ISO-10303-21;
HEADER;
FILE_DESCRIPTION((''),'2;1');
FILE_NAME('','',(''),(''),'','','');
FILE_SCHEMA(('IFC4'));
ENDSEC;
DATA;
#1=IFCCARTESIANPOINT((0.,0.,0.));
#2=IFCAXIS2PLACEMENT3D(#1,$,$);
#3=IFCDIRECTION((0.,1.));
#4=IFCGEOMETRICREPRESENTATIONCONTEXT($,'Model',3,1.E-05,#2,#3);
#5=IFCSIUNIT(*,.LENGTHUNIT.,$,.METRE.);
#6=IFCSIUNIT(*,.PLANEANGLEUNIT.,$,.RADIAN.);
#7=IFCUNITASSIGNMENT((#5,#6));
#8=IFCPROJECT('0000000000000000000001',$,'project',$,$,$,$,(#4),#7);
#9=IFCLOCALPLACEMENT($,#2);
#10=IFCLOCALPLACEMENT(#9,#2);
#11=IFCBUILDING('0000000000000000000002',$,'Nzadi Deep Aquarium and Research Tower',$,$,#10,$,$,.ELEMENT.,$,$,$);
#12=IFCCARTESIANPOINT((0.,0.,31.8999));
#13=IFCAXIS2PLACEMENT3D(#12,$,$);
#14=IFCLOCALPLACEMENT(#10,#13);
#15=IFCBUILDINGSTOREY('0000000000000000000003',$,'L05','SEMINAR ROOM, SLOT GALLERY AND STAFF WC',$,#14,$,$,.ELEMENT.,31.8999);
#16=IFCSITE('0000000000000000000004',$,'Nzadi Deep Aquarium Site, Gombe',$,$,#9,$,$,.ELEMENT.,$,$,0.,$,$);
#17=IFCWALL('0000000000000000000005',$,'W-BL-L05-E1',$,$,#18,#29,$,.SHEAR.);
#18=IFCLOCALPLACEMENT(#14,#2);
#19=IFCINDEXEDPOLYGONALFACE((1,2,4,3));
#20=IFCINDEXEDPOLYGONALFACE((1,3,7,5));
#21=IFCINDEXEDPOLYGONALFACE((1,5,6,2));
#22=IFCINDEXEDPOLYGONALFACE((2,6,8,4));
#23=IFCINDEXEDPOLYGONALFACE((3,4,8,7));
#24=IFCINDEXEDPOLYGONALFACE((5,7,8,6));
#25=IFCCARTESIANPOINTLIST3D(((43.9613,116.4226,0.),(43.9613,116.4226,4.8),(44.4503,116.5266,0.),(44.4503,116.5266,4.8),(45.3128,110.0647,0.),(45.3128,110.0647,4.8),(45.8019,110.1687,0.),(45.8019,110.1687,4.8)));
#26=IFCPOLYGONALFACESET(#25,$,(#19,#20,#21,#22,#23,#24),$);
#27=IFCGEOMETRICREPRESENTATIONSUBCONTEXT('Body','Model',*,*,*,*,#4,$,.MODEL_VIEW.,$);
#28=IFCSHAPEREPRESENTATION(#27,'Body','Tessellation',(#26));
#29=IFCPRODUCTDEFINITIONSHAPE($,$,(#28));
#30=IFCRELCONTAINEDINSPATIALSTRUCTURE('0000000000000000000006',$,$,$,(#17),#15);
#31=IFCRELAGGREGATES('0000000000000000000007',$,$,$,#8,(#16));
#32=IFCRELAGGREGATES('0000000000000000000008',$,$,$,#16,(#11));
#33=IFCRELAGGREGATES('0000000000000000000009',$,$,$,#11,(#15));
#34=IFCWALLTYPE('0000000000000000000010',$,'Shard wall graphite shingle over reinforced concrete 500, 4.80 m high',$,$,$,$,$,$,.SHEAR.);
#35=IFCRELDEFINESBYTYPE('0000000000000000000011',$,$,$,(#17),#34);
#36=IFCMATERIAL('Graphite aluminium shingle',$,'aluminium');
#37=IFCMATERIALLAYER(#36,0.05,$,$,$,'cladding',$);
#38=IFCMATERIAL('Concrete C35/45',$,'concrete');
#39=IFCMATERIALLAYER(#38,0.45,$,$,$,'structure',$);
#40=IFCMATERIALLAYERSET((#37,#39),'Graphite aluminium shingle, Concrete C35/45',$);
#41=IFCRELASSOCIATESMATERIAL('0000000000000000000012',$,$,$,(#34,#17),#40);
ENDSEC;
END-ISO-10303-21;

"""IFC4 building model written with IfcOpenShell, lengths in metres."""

from ifc_helpers import new_model, si_unit, direction, frame, frame_2d, origin, place, context, subcontext, project, spatial, rectangle, extrude, material, layer, layer_set, layer_usage, type_object, element, save


model = new_model("IFC4")

# Units and contexts
model_context = context("Model", 3, precision=1e-05, world=origin(), true_north=direction((0.0, 1.0)))
body_context = subcontext(model_context, "Body", "Model", "MODEL_VIEW")
ifc_project = project(units=[si_unit("LENGTHUNIT", "METRE"), si_unit("PLANEANGLEUNIT", "RADIAN")], contexts=[model_context])

# Site, building, storey
site_placement = place(None, origin())
site = spatial("IfcSite", under=ifc_project, at=site_placement, Name="Nzadi Deep Aquarium Site, Gombe", CompositionType="ELEMENT", RefElevation=0.0)
building_placement = place(site_placement, origin())
building = spatial("IfcBuilding", under=site, at=building_placement, Name="Nzadi Deep Aquarium and Research Tower", CompositionType="ELEMENT")
storey_placement = place(building_placement, frame((0.0, 0.0, 31.8999)))
storey = spatial("IfcBuildingStorey", under=building, at=storey_placement, Name="L05", Description="SEMINAR ROOM, SLOT GALLERY AND STAFF WC", CompositionType="ELEMENT", Elevation=31.8999)

# Wall
ifc_material_1 = material(Name="Graphite aluminium shingle", Category="aluminium")
ifc_material_2 = material(Name="Concrete C35/45", Category="concrete")
ifc_layer_1 = layer(ifc_material_1, 0.05, Category="cladding")
ifc_layer_2 = layer(ifc_material_2, 0.45, Category="structure")
ifc_layer_set_1 = layer_set([ifc_layer_1, ifc_layer_2], Name="Graphite aluminium shingle, Concrete C35/45")
ifc_layer_usage_1 = layer_usage(ifc_layer_set_1, "AXIS2", "POSITIVE", -0.25)
wall_type_1 = type_object("IfcWallType", Name="Shard wall graphite shingle over reinforced concrete 500, 4.80 m high", PredefinedType="SHEAR", material=ifc_layer_set_1)
wall_1_placement = place(storey_placement, frame((45.5574, 110.1167, 0.0), z_axis=(0.0, 0.0, 1.0), x_axis=(-0.207933, 0.978143, 0.0)))
element("IfcWall", 1, at=wall_1_placement, inside=storey, type_object=wall_type_1, material=ifc_layer_usage_1, Name="W-BL-L05-E1", PredefinedType="SHEAR", context=body_context, shape_type="SweptSolid", body=[
    extrude(rectangle(XDim=6.5, YDim=0.5, at=frame_2d((3.25, 0.0))), origin(), (0.0, 0.0, 1.0), 4.8),
])

save(model, "model.ifc")
